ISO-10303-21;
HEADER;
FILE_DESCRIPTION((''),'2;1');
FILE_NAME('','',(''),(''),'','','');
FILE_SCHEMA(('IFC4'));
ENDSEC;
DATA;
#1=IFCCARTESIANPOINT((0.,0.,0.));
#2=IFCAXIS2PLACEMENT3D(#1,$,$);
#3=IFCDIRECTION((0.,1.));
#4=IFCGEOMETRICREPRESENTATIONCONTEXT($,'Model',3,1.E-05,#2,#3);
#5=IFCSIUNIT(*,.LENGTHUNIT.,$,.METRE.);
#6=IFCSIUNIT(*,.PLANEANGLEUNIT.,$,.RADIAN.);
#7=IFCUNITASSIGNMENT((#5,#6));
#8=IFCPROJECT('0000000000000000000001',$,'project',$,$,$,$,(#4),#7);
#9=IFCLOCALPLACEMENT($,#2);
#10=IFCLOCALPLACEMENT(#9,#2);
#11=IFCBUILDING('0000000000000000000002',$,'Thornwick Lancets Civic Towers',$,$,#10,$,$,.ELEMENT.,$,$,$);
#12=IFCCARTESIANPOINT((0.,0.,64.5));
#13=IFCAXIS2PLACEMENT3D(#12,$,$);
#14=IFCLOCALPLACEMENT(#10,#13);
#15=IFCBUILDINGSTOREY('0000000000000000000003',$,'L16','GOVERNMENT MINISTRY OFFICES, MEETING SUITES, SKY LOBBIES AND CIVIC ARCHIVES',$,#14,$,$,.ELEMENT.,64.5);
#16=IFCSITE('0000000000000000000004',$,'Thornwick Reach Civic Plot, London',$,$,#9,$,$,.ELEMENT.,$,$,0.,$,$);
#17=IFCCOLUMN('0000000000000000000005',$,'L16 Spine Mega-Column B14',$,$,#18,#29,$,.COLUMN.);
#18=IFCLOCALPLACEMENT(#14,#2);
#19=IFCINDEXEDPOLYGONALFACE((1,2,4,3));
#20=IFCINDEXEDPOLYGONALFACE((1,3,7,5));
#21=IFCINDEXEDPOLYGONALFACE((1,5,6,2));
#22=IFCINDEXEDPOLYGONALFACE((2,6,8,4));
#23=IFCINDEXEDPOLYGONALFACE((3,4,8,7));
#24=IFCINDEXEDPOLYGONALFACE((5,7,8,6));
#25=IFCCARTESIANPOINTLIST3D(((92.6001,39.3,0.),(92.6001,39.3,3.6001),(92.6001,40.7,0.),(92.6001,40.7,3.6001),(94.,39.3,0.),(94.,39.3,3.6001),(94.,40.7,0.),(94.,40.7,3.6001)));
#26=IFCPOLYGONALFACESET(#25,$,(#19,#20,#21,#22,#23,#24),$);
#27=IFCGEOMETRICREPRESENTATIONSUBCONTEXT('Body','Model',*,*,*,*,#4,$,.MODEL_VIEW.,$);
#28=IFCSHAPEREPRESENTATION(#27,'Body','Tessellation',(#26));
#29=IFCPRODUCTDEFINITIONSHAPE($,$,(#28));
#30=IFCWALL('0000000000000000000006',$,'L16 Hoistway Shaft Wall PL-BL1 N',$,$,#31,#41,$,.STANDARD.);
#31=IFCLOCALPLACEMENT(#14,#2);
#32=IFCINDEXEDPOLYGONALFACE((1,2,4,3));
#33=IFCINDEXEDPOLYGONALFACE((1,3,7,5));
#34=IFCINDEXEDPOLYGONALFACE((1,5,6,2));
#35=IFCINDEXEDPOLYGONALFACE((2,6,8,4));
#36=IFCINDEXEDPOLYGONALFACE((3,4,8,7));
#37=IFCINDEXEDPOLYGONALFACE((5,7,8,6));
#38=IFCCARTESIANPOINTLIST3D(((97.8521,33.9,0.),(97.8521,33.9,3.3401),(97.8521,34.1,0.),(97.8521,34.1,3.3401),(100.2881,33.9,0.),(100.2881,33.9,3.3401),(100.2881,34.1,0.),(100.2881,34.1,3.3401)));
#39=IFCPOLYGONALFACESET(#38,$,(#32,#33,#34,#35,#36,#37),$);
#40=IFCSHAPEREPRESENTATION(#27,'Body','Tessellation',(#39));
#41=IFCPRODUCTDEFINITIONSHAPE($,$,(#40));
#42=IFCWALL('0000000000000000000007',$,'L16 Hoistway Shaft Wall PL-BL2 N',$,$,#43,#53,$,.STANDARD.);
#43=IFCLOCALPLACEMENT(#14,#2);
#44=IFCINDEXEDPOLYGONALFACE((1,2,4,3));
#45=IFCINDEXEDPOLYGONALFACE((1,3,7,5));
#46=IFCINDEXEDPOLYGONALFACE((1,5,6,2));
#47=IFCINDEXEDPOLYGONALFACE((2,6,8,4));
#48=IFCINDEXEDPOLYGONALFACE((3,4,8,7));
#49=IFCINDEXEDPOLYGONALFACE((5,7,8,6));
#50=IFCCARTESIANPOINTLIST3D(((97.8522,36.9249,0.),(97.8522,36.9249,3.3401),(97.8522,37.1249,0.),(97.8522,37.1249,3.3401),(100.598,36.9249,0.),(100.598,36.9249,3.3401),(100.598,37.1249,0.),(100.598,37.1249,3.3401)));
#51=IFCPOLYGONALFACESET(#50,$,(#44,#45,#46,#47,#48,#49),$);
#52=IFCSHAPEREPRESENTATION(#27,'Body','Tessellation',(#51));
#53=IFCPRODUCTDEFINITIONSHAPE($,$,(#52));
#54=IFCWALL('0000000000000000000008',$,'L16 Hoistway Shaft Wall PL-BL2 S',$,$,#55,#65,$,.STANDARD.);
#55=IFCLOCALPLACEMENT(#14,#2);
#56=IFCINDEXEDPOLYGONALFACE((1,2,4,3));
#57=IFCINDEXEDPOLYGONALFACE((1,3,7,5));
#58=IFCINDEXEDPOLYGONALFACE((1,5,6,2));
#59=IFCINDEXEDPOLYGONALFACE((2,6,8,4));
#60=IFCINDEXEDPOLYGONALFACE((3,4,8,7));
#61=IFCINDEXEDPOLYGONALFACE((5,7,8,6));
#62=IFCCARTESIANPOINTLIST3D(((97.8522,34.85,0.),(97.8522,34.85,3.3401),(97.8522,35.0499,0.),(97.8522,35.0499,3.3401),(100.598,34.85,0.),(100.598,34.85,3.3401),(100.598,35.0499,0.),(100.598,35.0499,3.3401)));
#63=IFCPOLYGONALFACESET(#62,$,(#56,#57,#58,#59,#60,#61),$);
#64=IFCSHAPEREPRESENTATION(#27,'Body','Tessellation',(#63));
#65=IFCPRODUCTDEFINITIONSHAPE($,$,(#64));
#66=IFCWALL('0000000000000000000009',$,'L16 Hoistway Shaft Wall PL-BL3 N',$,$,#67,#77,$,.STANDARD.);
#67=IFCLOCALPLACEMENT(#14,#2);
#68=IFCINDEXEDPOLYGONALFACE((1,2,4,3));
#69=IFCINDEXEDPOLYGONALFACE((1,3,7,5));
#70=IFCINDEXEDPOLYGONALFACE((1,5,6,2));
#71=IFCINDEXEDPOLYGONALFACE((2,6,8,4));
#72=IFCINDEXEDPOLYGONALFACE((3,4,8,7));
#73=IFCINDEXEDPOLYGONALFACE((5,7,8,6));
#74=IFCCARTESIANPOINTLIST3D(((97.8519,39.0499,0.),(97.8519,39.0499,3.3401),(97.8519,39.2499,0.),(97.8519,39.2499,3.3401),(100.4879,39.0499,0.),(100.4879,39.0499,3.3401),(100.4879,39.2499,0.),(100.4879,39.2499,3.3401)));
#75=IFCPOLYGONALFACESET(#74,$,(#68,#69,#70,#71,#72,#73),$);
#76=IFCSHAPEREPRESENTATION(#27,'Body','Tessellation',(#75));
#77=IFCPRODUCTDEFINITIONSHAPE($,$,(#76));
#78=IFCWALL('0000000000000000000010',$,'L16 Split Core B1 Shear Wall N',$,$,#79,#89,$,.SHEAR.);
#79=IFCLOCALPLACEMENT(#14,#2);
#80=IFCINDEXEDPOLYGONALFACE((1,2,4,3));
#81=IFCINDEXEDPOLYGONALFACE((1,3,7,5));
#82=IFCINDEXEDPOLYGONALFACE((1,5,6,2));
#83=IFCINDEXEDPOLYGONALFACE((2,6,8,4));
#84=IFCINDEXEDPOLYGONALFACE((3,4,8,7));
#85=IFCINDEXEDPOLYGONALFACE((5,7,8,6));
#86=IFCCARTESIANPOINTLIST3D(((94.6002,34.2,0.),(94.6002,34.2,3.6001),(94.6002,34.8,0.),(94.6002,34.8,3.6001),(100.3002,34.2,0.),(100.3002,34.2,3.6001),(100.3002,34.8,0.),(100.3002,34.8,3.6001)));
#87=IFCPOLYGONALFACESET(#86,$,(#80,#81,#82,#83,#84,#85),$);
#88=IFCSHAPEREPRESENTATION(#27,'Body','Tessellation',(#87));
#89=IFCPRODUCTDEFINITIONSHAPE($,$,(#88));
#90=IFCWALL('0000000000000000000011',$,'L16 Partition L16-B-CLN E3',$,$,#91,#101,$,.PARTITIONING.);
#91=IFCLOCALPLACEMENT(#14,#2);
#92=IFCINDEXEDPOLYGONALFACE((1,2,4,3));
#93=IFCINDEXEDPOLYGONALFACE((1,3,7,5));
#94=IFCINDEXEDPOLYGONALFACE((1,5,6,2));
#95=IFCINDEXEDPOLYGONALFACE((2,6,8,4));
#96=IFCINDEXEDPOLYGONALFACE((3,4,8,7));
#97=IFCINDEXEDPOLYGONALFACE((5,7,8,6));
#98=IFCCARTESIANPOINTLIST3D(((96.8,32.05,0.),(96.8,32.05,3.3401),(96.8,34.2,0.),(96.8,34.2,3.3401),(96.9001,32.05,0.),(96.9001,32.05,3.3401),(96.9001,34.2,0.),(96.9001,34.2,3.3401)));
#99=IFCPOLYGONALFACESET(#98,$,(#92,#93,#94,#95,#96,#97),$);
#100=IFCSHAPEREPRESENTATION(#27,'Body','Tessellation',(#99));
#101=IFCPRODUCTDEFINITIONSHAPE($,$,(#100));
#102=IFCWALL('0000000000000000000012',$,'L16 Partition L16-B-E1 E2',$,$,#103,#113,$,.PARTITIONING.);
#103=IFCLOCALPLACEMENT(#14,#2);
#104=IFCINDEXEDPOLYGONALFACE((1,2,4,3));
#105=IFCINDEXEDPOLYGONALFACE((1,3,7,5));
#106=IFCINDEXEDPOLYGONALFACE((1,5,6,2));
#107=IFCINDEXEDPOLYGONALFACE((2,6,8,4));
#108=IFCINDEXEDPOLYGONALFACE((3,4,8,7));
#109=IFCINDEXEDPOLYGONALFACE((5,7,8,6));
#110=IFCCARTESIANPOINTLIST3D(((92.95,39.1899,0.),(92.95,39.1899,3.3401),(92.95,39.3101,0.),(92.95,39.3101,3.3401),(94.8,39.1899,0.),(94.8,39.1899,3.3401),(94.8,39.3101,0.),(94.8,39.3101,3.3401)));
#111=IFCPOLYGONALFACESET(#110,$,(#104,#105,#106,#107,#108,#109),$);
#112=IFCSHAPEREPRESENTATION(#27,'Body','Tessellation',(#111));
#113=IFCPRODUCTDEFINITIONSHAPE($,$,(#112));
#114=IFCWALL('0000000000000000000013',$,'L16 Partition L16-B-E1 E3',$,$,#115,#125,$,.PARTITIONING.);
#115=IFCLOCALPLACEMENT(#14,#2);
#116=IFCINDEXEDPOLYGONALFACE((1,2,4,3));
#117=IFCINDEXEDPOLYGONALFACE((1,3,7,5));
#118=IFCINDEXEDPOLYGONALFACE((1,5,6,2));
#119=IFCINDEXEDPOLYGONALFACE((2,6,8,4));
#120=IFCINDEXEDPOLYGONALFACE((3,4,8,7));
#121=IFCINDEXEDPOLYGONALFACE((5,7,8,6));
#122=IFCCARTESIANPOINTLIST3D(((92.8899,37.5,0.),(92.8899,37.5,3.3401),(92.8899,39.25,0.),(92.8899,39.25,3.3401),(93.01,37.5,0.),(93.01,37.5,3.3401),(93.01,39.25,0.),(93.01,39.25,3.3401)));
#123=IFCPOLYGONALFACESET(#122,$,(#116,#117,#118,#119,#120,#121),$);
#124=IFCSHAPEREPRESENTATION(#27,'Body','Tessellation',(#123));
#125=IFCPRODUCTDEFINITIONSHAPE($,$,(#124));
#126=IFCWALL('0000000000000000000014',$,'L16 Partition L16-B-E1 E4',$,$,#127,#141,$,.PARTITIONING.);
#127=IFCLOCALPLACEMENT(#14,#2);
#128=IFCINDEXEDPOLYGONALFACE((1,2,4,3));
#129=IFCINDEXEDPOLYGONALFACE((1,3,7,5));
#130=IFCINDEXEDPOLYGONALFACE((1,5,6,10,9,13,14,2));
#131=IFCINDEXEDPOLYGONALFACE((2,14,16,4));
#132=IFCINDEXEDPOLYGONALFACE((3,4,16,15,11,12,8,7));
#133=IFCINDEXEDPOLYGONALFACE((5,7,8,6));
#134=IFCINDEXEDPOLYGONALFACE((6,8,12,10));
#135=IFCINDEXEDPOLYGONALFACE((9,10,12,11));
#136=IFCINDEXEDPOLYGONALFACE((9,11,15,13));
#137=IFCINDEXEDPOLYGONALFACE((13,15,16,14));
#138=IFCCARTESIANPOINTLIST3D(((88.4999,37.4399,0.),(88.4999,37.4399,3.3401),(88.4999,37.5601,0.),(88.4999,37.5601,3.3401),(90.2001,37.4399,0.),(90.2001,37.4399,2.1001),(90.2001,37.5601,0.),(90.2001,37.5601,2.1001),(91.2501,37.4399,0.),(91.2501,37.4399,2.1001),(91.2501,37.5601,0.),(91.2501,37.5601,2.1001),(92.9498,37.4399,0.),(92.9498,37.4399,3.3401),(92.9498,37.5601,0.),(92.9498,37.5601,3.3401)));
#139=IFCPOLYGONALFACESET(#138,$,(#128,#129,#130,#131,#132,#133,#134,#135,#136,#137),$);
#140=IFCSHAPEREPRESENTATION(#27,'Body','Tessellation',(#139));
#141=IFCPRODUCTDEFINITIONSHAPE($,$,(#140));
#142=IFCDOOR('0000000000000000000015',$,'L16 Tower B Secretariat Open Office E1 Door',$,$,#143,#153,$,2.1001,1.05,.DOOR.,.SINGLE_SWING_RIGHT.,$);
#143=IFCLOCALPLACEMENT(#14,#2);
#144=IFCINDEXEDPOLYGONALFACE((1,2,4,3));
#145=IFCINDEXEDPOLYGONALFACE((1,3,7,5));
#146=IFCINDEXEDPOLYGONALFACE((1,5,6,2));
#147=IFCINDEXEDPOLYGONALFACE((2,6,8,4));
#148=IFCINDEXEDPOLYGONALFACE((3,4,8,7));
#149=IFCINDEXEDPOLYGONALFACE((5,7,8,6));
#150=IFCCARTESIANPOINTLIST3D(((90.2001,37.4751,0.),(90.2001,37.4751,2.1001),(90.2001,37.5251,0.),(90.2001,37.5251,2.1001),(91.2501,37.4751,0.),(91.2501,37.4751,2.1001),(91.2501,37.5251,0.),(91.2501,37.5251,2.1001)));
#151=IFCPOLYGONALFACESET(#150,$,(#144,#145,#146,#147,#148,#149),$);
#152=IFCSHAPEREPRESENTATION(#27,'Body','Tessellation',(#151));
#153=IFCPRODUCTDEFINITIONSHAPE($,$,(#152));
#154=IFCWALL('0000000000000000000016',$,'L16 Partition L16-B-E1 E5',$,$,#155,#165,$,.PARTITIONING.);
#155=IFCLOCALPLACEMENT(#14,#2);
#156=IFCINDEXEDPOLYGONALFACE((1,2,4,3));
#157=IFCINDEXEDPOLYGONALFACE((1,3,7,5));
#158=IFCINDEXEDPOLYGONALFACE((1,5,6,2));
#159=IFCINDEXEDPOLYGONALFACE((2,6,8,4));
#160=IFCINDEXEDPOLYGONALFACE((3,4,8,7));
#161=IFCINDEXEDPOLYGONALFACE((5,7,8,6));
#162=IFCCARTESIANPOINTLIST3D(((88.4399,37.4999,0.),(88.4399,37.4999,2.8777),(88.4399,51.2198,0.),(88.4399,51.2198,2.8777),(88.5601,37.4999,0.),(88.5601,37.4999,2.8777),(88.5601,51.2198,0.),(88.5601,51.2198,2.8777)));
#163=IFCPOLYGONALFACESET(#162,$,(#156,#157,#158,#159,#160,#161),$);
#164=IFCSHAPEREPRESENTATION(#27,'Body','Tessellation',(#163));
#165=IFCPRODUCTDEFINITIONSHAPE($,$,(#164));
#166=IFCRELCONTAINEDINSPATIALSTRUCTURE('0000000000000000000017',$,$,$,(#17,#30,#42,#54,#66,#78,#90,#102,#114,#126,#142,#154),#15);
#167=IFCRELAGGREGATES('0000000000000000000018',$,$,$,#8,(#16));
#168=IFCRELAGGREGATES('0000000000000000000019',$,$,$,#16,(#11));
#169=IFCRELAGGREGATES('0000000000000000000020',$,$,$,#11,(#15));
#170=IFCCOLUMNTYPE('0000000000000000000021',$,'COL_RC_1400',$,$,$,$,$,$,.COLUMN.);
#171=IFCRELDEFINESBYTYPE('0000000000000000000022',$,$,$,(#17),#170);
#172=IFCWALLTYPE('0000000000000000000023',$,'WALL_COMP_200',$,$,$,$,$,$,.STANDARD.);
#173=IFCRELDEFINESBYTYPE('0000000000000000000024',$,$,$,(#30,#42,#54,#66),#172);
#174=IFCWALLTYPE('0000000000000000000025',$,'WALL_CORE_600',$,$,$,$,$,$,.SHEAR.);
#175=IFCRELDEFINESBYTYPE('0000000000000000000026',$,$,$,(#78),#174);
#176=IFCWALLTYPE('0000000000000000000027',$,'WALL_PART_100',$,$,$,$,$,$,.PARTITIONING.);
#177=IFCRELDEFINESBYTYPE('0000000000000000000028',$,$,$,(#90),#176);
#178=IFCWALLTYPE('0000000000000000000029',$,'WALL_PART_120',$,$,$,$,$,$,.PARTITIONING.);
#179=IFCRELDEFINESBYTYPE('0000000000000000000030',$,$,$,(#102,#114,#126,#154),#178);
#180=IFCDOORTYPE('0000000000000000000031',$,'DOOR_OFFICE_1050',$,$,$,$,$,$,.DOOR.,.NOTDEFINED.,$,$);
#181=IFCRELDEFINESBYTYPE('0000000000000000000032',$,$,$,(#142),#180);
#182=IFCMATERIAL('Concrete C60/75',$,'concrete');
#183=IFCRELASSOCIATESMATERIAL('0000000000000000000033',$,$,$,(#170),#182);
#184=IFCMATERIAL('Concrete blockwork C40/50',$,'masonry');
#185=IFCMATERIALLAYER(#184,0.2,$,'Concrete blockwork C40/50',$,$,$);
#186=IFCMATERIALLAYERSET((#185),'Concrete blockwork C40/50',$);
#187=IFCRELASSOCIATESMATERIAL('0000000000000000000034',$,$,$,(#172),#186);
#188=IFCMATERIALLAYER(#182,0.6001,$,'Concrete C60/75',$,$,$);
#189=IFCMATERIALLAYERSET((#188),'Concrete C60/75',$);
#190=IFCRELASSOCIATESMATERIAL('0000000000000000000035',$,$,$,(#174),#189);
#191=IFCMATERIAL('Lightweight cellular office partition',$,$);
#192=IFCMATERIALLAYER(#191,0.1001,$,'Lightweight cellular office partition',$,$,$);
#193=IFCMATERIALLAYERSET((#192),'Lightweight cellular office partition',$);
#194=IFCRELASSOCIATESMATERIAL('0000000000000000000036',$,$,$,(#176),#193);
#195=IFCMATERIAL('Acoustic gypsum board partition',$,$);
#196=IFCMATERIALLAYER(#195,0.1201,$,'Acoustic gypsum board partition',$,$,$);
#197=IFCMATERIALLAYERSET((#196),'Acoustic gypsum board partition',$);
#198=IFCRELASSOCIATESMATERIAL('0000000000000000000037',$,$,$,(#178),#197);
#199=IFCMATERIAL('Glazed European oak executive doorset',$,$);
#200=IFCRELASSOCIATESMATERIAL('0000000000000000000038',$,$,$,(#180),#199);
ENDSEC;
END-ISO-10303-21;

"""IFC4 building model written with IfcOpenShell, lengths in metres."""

from ifc_helpers import new_model, si_unit, direction, frame, frame_2d, origin, origin_2d, place, context, subcontext, project, spatial, rectangle, extrude, material, layer, layer_set, material_profile, profile_set, type_object, element, fill, save


model = new_model("IFC4")

# Units and contexts
model_context = context("Model", 3, precision=1e-05, world=origin(), true_north=direction((0.0, 1.0)))
body_context = subcontext(model_context, "Body", "Model", "MODEL_VIEW")
ifc_project = project(units=[si_unit("LENGTHUNIT", "METRE"), si_unit("PLANEANGLEUNIT", "RADIAN")], contexts=[model_context])

# Site, building, storey
site_placement = place(None, origin())
site = spatial("IfcSite", under=ifc_project, at=site_placement, Name="Thornwick Reach Civic Plot, London", CompositionType="ELEMENT", RefElevation=0.0)
building_placement = place(site_placement, origin())
building = spatial("IfcBuilding", under=site, at=building_placement, Name="Thornwick Lancets Civic Towers", CompositionType="ELEMENT")
storey_placement = place(building_placement, frame((0.0, 0.0, 64.5)))
storey = spatial("IfcBuildingStorey", under=building, at=storey_placement, Name="L16", Description="GOVERNMENT MINISTRY OFFICES, MEETING SUITES, SKY LOBBIES AND CIVIC ARCHIVES", CompositionType="ELEMENT", Elevation=64.5)

# Column
ifc_material_1 = material(Name="Concrete C60/75", Category="concrete")
ifc_material_profile = material_profile(ifc_material_1, rectangle(XDim=1.3999, YDim=1.3999, at=origin_2d()), Name="RC 1400x1400")
ifc_profile_set = profile_set([ifc_material_profile], Name="Concrete C60/75")
column_type = type_object("IfcColumnType", Name="COL_RC_1400", PredefinedType="COLUMN", material=ifc_profile_set)
column_placement = place(storey_placement, frame((93.3, 40.0, 0.0), z_axis=(0.0, 0.0, 1.0), x_axis=(1.0, 0.0, 0.0)))
element("IfcColumn", 1, at=column_placement, inside=storey, type_object=column_type, Name="L16 Spine Mega-Column B14", PredefinedType="COLUMN", context=body_context, shape_type="SweptSolid", body=[
    extrude(rectangle(XDim=1.3999, YDim=1.3999, at=origin_2d()), origin(), (0.0, 0.0, 1.0), 3.6001),
])

# Walls
ifc_material_2 = material(Name="Concrete blockwork C40/50", Category="masonry")
ifc_layer_1 = layer(ifc_material_2, 0.2, Name="Concrete blockwork C40/50")
ifc_layer_set_1 = layer_set([ifc_layer_1], Name="Concrete blockwork C40/50")
wall_type_1 = type_object("IfcWallType", Name="WALL_COMP_200", PredefinedType="STANDARD", material=ifc_layer_set_1)
wall_1_placement = place(storey_placement, frame((97.8521, 34.0, 0.0), z_axis=(0.0, 0.0, 1.0), x_axis=(1.0, 0.0, 0.0)))
element("IfcWall", 2, at=wall_1_placement, inside=storey, type_object=wall_type_1, Name="L16 Hoistway Shaft Wall PL-BL1 N", PredefinedType="STANDARD", context=body_context, shape_type="SweptSolid", body=[
    extrude(rectangle(XDim=2.436, YDim=0.2, at=frame_2d((1.218, 0.0))), origin(), (0.0, 0.0, 1.0), 3.3401),
])
for number, where, z_axis, x_axis, name in (
    (3, (97.8521, 37.0249, 0.0), (0.0, 0.0, 1.0), (1.0, 0.0, 0.0), "L16 Hoistway Shaft Wall PL-BL2 N"),
    (4, (97.8521, 34.95, 0.0), (0.0, 0.0, 1.0), (1.0, 0.0, 0.0), "L16 Hoistway Shaft Wall PL-BL2 S"),
):
    element("IfcWall", number, at=place(storey_placement, frame(where, z_axis=z_axis, x_axis=x_axis)), inside=storey, type_object=wall_type_1, Name=name, PredefinedType="STANDARD", context=body_context, shape_type="SweptSolid", body=[
        extrude(rectangle(XDim=2.7458, YDim=0.2, at=frame_2d((1.373, 0.0))), origin(), (0.0, 0.0, 1.0), 3.3401),
    ])
wall_2_placement = place(storey_placement, frame((97.8521, 39.1499, 0.0), z_axis=(0.0, 0.0, 1.0), x_axis=(1.0, 0.0, 0.0)))
element("IfcWall", 5, at=wall_2_placement, inside=storey, type_object=wall_type_1, Name="L16 Hoistway Shaft Wall PL-BL3 N", PredefinedType="STANDARD", context=body_context, shape_type="SweptSolid", body=[
    extrude(rectangle(XDim=2.636, YDim=0.2, at=frame_2d((1.3179, 0.0))), origin(), (0.0, 0.0, 1.0), 3.3401),
])
ifc_layer_2 = layer(ifc_material_1, 0.6001, Name="Concrete C60/75")
ifc_layer_set_2 = layer_set([ifc_layer_2], Name="Concrete C60/75")
wall_type_2 = type_object("IfcWallType", Name="WALL_CORE_600", PredefinedType="SHEAR", material=ifc_layer_set_2)
wall_3_placement = place(storey_placement, frame((94.6001, 34.5, 0.0), z_axis=(0.0, 0.0, 1.0), x_axis=(1.0, 0.0, 0.0)))
element("IfcWall", 6, at=wall_3_placement, inside=storey, type_object=wall_type_2, Name="L16 Split Core B1 Shear Wall N", PredefinedType="SHEAR", context=body_context, shape_type="SweptSolid", body=[
    extrude(rectangle(XDim=5.7, YDim=0.6001, at=frame_2d((2.8501, 0.0))), origin(), (0.0, 0.0, 1.0), 3.6001),
])
ifc_material_3 = material(Name="Lightweight cellular office partition")
ifc_layer_3 = layer(ifc_material_3, 0.1001, Name="Lightweight cellular office partition")
ifc_layer_set_3 = layer_set([ifc_layer_3], Name="Lightweight cellular office partition")
wall_type_3 = type_object("IfcWallType", Name="WALL_PART_100", PredefinedType="PARTITIONING", material=ifc_layer_set_3)
wall_4_placement = place(storey_placement, frame((96.8501, 34.2, 0.0), z_axis=(0.0, 0.0, 1.0), x_axis=(0.0, -1.0, 0.0)))
element("IfcWall", 7, at=wall_4_placement, inside=storey, type_object=wall_type_3, Name="L16 Partition L16-B-CLN E3", PredefinedType="PARTITIONING", context=body_context, shape_type="SweptSolid", body=[
    extrude(rectangle(XDim=2.1499, YDim=0.1001, at=frame_2d((1.075, 0.0))), origin(), (0.0, 0.0, 1.0), 3.3401),
])
ifc_material_4 = material(Name="Acoustic gypsum board partition")
ifc_layer_4 = layer(ifc_material_4, 0.1201, Name="Acoustic gypsum board partition")
ifc_layer_set_4 = layer_set([ifc_layer_4], Name="Acoustic gypsum board partition")
wall_type_4 = type_object("IfcWallType", Name="WALL_PART_120", PredefinedType="PARTITIONING", material=ifc_layer_set_4)
wall_5_placement = place(storey_placement, frame((94.8, 39.25, 0.0), z_axis=(0.0, 0.0, 1.0), x_axis=(-1.0, 0.0, 0.0)))
element("IfcWall", 8, at=wall_5_placement, inside=storey, type_object=wall_type_4, Name="L16 Partition L16-B-E1 E2", PredefinedType="PARTITIONING", context=body_context, shape_type="SweptSolid", body=[
    extrude(rectangle(XDim=1.8501, YDim=0.1201, at=frame_2d((0.925, 0.0))), origin(), (0.0, 0.0, 1.0), 3.3401),
])
wall_6_placement = place(storey_placement, frame((92.95, 39.25, 0.0), z_axis=(0.0, 0.0, 1.0), x_axis=(0.0, -1.0, 0.0)))
element("IfcWall", 9, at=wall_6_placement, inside=storey, type_object=wall_type_4, Name="L16 Partition L16-B-E1 E3", PredefinedType="PARTITIONING", context=body_context, shape_type="SweptSolid", body=[
    extrude(rectangle(XDim=1.75, YDim=0.1201, at=frame_2d((0.875, 0.0))), origin(), (0.0, 0.0, 1.0), 3.3401),
])

# Wall, opening, door
wall_7_placement = place(storey_placement, frame((92.95, 37.5, 0.0), z_axis=(0.0, 0.0, 1.0), x_axis=(-1.0, 0.0, 0.0)))
wall_7 = element("IfcWall", 10, at=wall_7_placement, inside=storey, type_object=wall_type_4, Name="L16 Partition L16-B-E1 E4", PredefinedType="PARTITIONING", context=body_context, shape_type="SweptSolid", body=[
    extrude(rectangle(XDim=4.45, YDim=0.1201, at=frame_2d((2.2251, 0.0))), origin(), (0.0, 0.0, 1.0), 3.3401),
])
opening_1_placement = place(wall_7_placement, frame((1.7, 0.0, 0.0)))
opening_1 = element("IfcOpeningElement", 11, at=opening_1_placement, cuts=wall_7, PredefinedType="OPENING", context=body_context, shape_type="SweptSolid", body=[
    extrude(rectangle(XDim=1.05, YDim=2.1001, at=frame_2d((0.5249, 1.05))), frame((0.0, 0.0701, 0.0), z_axis=(0.0, -1.0, 0.0), x_axis=(1.0, 0.0, 0.0)), (0.0, 0.0, 1.0), 0.1401),
])
ifc_material_5 = material(Name="Glazed European oak executive doorset")
door_type_1 = type_object("IfcDoorType", Name="DOOR_OFFICE_1050", OperationType="NOTDEFINED", PredefinedType="DOOR", material=ifc_material_5)
door_1_placement = place(opening_1_placement, origin())
door_1 = element("IfcDoor", 12, at=door_1_placement, inside=storey, type_object=door_type_1, Name="L16 Tower B Secretariat Open Office E1 Door", OperationType="SINGLE_SWING_RIGHT", OverallHeight=2.1001, OverallWidth=1.05, PredefinedType="DOOR", context=body_context, shape_type="SweptSolid", body=[
    extrude(rectangle(XDim=1.05, YDim=2.1001, at=frame_2d((0.5249, 1.05))), frame((0.0, 0.0249, 0.0), z_axis=(0.0, -1.0, 0.0), x_axis=(1.0, 0.0, 0.0)), (0.0, 0.0, 1.0), 0.05),
])
fill(opening_1, door_1)

# Wall
wall_8_placement = place(storey_placement, frame((88.5, 37.5, 0.0), z_axis=(0.0, 0.0, 1.0), x_axis=(0.0, 1.0, 0.0)))
element("IfcWall", 13, at=wall_8_placement, inside=storey, type_object=wall_type_4, Name="L16 Partition L16-B-E1 E5", PredefinedType="PARTITIONING", context=body_context, shape_type="SweptSolid", body=[
    extrude(rectangle(XDim=13.72, YDim=0.1201, at=frame_2d((6.8599, 0.0))), origin(), (0.0, 0.0, 1.0), 2.8777),
])

save(model, "model.ifc")
